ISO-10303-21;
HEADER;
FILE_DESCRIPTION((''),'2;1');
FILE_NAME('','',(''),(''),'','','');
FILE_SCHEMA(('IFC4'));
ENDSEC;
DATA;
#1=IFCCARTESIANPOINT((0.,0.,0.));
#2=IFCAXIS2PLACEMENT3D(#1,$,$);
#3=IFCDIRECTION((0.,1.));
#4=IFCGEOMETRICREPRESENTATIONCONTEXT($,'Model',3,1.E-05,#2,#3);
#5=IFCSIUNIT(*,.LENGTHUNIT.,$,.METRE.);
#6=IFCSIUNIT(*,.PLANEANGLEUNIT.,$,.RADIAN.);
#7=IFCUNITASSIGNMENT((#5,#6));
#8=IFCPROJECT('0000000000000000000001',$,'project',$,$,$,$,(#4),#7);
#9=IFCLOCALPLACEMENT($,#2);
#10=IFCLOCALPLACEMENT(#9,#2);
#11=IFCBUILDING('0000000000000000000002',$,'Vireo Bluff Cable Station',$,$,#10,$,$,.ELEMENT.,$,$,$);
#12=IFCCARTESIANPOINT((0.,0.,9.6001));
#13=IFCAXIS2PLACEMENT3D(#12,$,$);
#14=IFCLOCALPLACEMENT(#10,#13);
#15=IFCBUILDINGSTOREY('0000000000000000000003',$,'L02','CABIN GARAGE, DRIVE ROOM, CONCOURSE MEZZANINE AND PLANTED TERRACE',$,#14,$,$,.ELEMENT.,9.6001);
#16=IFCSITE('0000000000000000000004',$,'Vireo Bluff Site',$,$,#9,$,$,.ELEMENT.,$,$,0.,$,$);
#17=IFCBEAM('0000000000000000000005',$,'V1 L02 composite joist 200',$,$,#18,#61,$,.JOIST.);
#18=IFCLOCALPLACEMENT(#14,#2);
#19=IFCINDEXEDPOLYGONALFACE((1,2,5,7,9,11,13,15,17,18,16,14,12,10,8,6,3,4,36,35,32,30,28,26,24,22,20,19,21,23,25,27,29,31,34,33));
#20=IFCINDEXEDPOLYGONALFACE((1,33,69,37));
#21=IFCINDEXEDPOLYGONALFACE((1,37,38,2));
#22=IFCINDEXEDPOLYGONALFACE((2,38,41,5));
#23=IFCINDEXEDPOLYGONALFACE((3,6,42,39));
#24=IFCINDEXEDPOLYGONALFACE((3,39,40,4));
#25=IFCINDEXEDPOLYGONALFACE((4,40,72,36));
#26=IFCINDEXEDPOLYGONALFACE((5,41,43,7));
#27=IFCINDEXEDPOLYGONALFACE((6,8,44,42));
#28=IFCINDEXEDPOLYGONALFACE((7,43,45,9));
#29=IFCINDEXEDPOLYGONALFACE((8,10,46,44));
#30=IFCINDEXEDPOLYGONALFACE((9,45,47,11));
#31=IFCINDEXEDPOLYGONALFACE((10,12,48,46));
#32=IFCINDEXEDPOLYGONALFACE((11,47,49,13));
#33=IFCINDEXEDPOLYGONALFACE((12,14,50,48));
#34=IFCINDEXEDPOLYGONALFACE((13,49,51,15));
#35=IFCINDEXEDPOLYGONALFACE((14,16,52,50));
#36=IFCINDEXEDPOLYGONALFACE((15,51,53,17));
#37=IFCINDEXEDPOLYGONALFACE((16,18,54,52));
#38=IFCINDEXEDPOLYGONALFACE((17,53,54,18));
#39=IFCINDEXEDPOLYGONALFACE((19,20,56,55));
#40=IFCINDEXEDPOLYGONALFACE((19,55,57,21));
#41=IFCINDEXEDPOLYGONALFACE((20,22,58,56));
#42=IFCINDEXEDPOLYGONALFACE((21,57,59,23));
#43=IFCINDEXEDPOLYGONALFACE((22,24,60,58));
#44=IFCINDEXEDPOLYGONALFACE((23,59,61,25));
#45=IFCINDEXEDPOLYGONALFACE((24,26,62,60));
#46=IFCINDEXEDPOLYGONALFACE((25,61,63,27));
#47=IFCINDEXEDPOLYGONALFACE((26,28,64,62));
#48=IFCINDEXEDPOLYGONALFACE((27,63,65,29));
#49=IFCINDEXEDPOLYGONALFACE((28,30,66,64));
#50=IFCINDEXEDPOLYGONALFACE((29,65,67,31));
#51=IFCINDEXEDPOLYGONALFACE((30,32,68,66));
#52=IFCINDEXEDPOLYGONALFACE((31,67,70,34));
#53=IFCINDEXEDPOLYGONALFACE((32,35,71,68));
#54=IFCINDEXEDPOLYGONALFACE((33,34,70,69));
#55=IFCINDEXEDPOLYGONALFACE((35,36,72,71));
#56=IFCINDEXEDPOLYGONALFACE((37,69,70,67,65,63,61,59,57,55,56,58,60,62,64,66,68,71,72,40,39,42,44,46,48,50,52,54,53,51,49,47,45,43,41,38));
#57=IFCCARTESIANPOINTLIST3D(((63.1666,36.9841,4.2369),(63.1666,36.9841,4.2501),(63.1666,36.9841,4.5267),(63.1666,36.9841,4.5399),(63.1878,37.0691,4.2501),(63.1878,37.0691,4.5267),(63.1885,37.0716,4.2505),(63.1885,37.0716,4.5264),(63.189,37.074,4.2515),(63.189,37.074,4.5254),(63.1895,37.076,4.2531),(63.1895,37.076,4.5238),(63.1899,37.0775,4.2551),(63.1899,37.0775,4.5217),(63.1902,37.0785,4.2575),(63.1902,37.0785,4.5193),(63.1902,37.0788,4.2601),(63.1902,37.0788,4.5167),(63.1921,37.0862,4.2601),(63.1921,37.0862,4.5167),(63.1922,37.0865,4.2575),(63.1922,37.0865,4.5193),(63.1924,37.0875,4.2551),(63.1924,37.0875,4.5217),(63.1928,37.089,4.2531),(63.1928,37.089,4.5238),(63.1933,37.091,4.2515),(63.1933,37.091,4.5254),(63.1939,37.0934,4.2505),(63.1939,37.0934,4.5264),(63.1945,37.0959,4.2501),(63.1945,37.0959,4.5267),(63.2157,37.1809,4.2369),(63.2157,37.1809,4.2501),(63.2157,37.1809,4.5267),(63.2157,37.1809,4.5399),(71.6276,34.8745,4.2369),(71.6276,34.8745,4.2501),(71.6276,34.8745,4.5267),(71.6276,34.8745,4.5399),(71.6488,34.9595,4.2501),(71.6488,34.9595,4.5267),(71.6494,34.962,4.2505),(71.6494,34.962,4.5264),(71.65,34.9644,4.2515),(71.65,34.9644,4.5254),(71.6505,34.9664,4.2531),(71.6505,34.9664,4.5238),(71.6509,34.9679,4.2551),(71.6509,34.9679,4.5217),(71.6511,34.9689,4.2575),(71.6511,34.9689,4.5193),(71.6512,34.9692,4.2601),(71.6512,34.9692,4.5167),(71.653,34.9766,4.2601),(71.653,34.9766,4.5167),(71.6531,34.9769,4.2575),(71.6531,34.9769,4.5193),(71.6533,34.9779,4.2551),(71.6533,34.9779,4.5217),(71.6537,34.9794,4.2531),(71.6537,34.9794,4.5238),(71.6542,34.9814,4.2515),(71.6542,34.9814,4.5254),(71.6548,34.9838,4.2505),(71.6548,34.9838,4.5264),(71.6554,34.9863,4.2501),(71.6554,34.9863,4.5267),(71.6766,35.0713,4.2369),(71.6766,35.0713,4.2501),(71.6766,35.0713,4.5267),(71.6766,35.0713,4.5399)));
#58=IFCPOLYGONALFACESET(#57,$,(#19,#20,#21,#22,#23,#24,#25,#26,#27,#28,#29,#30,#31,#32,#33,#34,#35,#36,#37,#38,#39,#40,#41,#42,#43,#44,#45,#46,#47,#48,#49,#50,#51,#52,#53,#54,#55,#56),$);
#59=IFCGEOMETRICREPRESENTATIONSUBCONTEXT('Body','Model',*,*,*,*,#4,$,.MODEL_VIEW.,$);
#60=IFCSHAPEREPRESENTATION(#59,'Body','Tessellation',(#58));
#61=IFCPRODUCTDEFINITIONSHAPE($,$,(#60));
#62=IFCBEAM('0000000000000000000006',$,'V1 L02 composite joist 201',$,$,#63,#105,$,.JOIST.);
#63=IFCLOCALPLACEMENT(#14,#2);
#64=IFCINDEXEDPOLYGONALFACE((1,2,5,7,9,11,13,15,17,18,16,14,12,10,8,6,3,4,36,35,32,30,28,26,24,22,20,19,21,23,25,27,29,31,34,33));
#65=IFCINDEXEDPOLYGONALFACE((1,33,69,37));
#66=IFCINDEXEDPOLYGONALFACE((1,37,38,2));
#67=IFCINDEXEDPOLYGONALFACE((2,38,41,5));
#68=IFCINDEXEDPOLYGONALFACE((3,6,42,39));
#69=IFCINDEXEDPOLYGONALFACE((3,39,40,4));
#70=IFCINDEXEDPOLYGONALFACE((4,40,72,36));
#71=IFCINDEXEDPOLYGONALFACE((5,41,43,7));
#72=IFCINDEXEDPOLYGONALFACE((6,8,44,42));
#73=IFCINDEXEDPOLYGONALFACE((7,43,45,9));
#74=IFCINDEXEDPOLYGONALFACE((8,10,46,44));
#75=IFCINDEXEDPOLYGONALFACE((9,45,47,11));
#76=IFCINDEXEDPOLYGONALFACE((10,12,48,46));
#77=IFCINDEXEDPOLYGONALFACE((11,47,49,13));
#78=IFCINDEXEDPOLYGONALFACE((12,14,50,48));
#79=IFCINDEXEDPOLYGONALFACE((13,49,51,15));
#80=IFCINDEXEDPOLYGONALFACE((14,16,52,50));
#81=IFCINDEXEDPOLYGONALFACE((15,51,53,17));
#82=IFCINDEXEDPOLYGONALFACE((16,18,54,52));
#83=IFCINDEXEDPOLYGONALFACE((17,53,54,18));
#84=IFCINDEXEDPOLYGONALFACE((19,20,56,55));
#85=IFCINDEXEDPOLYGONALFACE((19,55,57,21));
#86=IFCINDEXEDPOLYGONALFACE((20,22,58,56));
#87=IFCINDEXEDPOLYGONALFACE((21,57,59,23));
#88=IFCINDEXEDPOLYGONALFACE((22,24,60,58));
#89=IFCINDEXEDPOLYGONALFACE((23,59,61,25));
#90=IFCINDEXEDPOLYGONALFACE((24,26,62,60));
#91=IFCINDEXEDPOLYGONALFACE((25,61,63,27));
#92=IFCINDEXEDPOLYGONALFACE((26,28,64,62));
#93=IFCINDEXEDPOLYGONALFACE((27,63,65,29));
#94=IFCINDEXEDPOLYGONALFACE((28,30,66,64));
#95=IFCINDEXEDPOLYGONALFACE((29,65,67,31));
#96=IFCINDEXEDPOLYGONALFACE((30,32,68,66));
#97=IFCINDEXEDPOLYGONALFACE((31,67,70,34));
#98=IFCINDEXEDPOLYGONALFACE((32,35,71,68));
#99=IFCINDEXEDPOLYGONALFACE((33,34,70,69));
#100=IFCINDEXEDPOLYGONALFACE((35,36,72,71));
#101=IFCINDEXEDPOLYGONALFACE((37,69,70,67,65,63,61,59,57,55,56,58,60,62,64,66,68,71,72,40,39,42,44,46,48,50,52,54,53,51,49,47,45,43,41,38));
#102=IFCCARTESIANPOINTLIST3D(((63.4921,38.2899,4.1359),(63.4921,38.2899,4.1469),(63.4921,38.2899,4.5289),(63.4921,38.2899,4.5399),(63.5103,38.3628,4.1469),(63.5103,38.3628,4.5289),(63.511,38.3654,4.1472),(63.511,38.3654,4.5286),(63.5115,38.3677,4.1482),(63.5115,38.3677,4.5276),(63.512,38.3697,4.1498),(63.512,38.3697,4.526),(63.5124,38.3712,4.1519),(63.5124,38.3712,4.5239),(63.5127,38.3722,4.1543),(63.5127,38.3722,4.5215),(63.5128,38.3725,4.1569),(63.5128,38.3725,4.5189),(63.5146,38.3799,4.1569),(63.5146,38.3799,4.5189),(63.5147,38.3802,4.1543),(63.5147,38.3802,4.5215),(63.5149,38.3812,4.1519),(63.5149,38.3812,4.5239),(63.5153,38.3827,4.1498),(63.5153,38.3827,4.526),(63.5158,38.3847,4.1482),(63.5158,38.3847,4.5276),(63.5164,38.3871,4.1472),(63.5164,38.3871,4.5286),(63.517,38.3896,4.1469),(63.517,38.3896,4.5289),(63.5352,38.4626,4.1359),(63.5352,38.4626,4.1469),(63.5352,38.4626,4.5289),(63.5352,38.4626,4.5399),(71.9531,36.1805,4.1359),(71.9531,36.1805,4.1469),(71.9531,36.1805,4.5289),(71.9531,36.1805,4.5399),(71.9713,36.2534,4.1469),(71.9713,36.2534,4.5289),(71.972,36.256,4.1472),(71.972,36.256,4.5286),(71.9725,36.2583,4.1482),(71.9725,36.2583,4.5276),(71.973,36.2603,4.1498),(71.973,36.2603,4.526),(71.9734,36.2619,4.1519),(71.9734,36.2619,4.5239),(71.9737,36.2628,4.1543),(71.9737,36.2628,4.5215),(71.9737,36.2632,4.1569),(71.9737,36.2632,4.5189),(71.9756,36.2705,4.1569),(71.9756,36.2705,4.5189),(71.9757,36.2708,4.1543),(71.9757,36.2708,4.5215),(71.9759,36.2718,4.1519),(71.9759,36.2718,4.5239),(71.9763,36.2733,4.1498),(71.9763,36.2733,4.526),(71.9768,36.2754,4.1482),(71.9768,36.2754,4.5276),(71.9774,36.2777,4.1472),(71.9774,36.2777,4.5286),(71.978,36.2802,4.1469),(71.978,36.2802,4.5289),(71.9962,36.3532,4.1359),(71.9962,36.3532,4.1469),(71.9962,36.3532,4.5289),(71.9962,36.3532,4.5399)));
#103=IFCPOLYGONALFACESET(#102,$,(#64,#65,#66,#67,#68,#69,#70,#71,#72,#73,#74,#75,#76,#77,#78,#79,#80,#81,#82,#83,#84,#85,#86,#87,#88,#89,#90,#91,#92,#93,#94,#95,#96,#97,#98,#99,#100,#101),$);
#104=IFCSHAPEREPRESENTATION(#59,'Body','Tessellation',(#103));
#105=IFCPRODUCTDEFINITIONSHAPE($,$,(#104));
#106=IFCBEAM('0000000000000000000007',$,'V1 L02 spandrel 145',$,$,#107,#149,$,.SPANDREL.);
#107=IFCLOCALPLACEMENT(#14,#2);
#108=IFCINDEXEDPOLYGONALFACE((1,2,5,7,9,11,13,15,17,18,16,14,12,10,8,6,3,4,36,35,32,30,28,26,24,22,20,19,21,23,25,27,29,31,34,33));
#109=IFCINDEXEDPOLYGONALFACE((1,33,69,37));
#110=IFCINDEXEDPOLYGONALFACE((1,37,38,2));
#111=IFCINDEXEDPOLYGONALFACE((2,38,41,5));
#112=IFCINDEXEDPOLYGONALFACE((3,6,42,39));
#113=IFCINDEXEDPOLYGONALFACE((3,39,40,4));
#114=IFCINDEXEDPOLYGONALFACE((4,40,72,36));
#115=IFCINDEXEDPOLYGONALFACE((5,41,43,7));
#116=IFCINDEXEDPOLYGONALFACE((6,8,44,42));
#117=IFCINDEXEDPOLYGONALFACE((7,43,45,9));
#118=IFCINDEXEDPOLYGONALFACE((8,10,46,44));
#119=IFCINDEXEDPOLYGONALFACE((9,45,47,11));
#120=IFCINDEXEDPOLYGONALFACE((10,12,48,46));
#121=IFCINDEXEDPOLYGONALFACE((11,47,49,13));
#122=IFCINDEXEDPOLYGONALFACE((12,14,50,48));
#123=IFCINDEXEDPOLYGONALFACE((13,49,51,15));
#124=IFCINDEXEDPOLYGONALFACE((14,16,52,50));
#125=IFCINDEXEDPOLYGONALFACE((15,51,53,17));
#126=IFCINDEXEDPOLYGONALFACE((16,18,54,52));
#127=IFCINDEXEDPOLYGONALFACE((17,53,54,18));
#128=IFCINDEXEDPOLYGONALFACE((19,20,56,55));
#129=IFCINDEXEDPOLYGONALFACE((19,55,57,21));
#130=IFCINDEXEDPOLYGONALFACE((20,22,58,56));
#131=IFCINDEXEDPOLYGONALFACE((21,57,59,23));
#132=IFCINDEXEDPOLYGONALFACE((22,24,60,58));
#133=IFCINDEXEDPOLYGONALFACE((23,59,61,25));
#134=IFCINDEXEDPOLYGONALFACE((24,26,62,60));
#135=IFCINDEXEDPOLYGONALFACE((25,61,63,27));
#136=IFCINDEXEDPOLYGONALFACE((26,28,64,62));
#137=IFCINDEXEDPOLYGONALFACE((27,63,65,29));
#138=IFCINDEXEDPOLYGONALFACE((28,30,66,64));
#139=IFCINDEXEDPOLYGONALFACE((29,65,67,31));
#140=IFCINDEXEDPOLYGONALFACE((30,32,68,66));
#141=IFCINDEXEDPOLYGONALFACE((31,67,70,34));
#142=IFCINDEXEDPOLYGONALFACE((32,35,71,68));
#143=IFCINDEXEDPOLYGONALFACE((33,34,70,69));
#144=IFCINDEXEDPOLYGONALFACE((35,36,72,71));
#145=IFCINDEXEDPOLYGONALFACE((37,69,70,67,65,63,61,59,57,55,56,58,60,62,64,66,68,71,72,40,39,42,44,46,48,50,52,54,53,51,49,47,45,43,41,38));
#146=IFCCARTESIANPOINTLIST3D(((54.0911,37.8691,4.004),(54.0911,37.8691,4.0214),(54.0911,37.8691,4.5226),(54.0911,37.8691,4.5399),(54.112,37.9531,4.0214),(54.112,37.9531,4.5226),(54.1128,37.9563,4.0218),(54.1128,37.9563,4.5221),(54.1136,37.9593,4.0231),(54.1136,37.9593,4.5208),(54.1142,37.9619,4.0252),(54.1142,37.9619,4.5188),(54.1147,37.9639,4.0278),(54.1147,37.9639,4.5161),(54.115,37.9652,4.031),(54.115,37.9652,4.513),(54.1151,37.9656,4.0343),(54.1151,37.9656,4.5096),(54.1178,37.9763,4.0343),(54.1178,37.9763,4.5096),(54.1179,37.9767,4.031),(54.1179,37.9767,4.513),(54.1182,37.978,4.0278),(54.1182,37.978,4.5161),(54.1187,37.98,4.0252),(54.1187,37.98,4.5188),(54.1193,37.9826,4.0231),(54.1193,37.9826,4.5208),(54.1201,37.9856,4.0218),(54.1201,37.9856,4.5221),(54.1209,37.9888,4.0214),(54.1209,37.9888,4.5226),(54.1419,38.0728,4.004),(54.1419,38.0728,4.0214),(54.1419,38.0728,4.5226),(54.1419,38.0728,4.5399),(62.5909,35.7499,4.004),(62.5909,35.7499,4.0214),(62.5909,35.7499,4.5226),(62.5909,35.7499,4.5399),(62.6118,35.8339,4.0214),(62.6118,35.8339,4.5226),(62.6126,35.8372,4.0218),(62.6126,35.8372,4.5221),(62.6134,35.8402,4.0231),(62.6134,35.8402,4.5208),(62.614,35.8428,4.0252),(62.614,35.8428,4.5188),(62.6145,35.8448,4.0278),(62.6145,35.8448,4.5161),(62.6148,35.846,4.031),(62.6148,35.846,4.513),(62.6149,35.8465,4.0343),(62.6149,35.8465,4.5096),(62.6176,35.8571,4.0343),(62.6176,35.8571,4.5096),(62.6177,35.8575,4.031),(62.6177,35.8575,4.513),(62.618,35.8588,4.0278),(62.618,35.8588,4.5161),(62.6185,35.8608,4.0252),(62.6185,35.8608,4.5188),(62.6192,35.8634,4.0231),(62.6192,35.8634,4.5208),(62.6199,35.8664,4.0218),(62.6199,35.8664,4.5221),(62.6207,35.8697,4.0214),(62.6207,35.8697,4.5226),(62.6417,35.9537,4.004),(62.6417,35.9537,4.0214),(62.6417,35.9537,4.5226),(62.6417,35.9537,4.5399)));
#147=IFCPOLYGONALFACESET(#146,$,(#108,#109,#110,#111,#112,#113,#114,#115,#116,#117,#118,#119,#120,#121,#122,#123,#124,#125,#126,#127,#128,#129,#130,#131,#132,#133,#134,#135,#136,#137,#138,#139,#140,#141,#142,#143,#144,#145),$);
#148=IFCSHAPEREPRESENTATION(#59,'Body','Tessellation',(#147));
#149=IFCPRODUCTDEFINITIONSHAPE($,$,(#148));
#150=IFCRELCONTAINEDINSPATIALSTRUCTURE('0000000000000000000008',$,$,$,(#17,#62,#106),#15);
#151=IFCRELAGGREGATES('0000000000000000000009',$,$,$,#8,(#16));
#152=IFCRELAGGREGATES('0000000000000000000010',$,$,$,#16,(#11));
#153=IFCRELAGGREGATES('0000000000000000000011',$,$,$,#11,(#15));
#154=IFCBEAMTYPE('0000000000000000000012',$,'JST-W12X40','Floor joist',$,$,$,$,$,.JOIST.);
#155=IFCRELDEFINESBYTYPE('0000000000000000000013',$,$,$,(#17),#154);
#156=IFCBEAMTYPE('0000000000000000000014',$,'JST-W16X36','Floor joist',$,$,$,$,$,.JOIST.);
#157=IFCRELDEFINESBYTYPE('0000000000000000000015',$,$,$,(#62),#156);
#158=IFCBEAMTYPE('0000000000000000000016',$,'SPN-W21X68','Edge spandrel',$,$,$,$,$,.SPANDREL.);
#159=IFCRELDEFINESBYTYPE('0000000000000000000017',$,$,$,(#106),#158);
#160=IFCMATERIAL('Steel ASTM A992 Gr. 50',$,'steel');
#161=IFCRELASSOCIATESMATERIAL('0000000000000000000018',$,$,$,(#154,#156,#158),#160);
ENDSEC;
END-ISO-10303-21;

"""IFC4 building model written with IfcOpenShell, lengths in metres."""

from ifc_helpers import new_model, si_unit, direction, frame, origin, origin_2d, place, context, subcontext, project, spatial, i_section, extrude, material, material_profile, profile_set, type_object, element, save


model = new_model("IFC4")

# Units and contexts
model_context = context("Model", 3, precision=1e-05, world=origin(), true_north=direction((0.0, 1.0)))
body_context = subcontext(model_context, "Body", "Model", "MODEL_VIEW")
ifc_project = project(units=[si_unit("LENGTHUNIT", "METRE"), si_unit("PLANEANGLEUNIT", "RADIAN")], contexts=[model_context])

# Site, building, storey
site_placement = place(None, origin())
site = spatial("IfcSite", under=ifc_project, at=site_placement, Name="Vireo Bluff Site", CompositionType="ELEMENT", RefElevation=0.0)
building_placement = place(site_placement, origin())
building = spatial("IfcBuilding", under=site, at=building_placement, Name="Vireo Bluff Cable Station", CompositionType="ELEMENT")
storey_placement = place(building_placement, frame((0.0, 0.0, 9.6001)))
storey = spatial("IfcBuildingStorey", under=building, at=storey_placement, Name="L02", Description="CABIN GARAGE, DRIVE ROOM, CONCOURSE MEZZANINE AND PLANTED TERRACE", CompositionType="ELEMENT", Elevation=9.6001)

# Shared definitions
ifc_material_1 = material(Name="Steel ASTM A992 Gr. 50", Category="steel")

# Beams
ifc_material_profile_1 = material_profile(ifc_material_1, i_section(OverallWidth=0.2029, OverallDepth=0.303, WebThickness=0.0076, FlangeThickness=0.0132, FilletRadius=0.01, at=origin_2d()), Name="W12X40")
ifc_profile_set_1 = profile_set([ifc_material_profile_1], Name="Steel ASTM A992 Gr. 50")
beam_type_1 = type_object("IfcBeamType", Name="JST-W12X40", Description="Floor joist", PredefinedType="JOIST", material=ifc_profile_set_1)
beam_1_placement = place(storey_placement, frame((63.1912, 37.0825, 4.3884), z_axis=(0.970294, -0.24193, 0.0), x_axis=(0.24193, 0.970294, 0.0)))
element("IfcBeam", 1, at=beam_1_placement, inside=storey, type_object=beam_type_1, Name="V1 L02 composite joist 200", PredefinedType="JOIST", context=body_context, shape_type="SweptSolid", body=[
    extrude(i_section(OverallWidth=0.2029, OverallDepth=0.303, WebThickness=0.0076, FlangeThickness=0.0132, FilletRadius=0.01, at=origin_2d()), origin(), (0.0, 0.0, 1.0), 8.72),
])
ifc_material_profile_2 = material_profile(ifc_material_1, i_section(OverallWidth=0.178, OverallDepth=0.4041, WebThickness=0.0076, FlangeThickness=0.011, FilletRadius=0.01, at=origin_2d()), Name="W16X36")
ifc_profile_set_2 = profile_set([ifc_material_profile_2], Name="Steel ASTM A992 Gr. 50")
beam_type_2 = type_object("IfcBeamType", Name="JST-W16X36", Description="Floor joist", PredefinedType="JOIST", material=ifc_profile_set_2)
beam_2_placement = place(storey_placement, frame((63.5137, 38.3762, 4.3379), z_axis=(0.9703, -0.241903, 0.0), x_axis=(0.241903, 0.9703, 0.0)))
element("IfcBeam", 2, at=beam_2_placement, inside=storey, type_object=beam_type_2, Name="V1 L02 composite joist 201", PredefinedType="JOIST", context=body_context, shape_type="SweptSolid", body=[
    extrude(i_section(OverallWidth=0.178, OverallDepth=0.4041, WebThickness=0.0076, FlangeThickness=0.011, FilletRadius=0.01, at=origin_2d()), origin(), (0.0, 0.0, 1.0), 8.72),
])
ifc_material_profile_3 = material_profile(ifc_material_1, i_section(OverallWidth=0.21, OverallDepth=0.5359, WebThickness=0.011, FlangeThickness=0.0173, FilletRadius=0.0129, at=origin_2d()), Name="W21X68")
ifc_profile_set_3 = profile_set([ifc_material_profile_3], Name="Steel ASTM A992 Gr. 50")
beam_type_3 = type_object("IfcBeamType", Name="SPN-W21X68", Description="Edge spandrel", PredefinedType="SPANDREL", material=ifc_profile_set_3)
beam_3_placement = place(storey_placement, frame((54.1165, 37.9709, 4.272), z_axis=(0.970298, -0.241913, 0.0), x_axis=(0.241913, 0.970298, 0.0)))
element("IfcBeam", 3, at=beam_3_placement, inside=storey, type_object=beam_type_3, Name="V1 L02 spandrel 145", PredefinedType="SPANDREL", context=body_context, shape_type="SweptSolid", body=[
    extrude(i_section(OverallWidth=0.21, OverallDepth=0.5359, WebThickness=0.011, FlangeThickness=0.0173, FilletRadius=0.0129, at=origin_2d()), origin(), (0.0, 0.0, 1.0), 8.76),
])

save(model, "model.ifc")
